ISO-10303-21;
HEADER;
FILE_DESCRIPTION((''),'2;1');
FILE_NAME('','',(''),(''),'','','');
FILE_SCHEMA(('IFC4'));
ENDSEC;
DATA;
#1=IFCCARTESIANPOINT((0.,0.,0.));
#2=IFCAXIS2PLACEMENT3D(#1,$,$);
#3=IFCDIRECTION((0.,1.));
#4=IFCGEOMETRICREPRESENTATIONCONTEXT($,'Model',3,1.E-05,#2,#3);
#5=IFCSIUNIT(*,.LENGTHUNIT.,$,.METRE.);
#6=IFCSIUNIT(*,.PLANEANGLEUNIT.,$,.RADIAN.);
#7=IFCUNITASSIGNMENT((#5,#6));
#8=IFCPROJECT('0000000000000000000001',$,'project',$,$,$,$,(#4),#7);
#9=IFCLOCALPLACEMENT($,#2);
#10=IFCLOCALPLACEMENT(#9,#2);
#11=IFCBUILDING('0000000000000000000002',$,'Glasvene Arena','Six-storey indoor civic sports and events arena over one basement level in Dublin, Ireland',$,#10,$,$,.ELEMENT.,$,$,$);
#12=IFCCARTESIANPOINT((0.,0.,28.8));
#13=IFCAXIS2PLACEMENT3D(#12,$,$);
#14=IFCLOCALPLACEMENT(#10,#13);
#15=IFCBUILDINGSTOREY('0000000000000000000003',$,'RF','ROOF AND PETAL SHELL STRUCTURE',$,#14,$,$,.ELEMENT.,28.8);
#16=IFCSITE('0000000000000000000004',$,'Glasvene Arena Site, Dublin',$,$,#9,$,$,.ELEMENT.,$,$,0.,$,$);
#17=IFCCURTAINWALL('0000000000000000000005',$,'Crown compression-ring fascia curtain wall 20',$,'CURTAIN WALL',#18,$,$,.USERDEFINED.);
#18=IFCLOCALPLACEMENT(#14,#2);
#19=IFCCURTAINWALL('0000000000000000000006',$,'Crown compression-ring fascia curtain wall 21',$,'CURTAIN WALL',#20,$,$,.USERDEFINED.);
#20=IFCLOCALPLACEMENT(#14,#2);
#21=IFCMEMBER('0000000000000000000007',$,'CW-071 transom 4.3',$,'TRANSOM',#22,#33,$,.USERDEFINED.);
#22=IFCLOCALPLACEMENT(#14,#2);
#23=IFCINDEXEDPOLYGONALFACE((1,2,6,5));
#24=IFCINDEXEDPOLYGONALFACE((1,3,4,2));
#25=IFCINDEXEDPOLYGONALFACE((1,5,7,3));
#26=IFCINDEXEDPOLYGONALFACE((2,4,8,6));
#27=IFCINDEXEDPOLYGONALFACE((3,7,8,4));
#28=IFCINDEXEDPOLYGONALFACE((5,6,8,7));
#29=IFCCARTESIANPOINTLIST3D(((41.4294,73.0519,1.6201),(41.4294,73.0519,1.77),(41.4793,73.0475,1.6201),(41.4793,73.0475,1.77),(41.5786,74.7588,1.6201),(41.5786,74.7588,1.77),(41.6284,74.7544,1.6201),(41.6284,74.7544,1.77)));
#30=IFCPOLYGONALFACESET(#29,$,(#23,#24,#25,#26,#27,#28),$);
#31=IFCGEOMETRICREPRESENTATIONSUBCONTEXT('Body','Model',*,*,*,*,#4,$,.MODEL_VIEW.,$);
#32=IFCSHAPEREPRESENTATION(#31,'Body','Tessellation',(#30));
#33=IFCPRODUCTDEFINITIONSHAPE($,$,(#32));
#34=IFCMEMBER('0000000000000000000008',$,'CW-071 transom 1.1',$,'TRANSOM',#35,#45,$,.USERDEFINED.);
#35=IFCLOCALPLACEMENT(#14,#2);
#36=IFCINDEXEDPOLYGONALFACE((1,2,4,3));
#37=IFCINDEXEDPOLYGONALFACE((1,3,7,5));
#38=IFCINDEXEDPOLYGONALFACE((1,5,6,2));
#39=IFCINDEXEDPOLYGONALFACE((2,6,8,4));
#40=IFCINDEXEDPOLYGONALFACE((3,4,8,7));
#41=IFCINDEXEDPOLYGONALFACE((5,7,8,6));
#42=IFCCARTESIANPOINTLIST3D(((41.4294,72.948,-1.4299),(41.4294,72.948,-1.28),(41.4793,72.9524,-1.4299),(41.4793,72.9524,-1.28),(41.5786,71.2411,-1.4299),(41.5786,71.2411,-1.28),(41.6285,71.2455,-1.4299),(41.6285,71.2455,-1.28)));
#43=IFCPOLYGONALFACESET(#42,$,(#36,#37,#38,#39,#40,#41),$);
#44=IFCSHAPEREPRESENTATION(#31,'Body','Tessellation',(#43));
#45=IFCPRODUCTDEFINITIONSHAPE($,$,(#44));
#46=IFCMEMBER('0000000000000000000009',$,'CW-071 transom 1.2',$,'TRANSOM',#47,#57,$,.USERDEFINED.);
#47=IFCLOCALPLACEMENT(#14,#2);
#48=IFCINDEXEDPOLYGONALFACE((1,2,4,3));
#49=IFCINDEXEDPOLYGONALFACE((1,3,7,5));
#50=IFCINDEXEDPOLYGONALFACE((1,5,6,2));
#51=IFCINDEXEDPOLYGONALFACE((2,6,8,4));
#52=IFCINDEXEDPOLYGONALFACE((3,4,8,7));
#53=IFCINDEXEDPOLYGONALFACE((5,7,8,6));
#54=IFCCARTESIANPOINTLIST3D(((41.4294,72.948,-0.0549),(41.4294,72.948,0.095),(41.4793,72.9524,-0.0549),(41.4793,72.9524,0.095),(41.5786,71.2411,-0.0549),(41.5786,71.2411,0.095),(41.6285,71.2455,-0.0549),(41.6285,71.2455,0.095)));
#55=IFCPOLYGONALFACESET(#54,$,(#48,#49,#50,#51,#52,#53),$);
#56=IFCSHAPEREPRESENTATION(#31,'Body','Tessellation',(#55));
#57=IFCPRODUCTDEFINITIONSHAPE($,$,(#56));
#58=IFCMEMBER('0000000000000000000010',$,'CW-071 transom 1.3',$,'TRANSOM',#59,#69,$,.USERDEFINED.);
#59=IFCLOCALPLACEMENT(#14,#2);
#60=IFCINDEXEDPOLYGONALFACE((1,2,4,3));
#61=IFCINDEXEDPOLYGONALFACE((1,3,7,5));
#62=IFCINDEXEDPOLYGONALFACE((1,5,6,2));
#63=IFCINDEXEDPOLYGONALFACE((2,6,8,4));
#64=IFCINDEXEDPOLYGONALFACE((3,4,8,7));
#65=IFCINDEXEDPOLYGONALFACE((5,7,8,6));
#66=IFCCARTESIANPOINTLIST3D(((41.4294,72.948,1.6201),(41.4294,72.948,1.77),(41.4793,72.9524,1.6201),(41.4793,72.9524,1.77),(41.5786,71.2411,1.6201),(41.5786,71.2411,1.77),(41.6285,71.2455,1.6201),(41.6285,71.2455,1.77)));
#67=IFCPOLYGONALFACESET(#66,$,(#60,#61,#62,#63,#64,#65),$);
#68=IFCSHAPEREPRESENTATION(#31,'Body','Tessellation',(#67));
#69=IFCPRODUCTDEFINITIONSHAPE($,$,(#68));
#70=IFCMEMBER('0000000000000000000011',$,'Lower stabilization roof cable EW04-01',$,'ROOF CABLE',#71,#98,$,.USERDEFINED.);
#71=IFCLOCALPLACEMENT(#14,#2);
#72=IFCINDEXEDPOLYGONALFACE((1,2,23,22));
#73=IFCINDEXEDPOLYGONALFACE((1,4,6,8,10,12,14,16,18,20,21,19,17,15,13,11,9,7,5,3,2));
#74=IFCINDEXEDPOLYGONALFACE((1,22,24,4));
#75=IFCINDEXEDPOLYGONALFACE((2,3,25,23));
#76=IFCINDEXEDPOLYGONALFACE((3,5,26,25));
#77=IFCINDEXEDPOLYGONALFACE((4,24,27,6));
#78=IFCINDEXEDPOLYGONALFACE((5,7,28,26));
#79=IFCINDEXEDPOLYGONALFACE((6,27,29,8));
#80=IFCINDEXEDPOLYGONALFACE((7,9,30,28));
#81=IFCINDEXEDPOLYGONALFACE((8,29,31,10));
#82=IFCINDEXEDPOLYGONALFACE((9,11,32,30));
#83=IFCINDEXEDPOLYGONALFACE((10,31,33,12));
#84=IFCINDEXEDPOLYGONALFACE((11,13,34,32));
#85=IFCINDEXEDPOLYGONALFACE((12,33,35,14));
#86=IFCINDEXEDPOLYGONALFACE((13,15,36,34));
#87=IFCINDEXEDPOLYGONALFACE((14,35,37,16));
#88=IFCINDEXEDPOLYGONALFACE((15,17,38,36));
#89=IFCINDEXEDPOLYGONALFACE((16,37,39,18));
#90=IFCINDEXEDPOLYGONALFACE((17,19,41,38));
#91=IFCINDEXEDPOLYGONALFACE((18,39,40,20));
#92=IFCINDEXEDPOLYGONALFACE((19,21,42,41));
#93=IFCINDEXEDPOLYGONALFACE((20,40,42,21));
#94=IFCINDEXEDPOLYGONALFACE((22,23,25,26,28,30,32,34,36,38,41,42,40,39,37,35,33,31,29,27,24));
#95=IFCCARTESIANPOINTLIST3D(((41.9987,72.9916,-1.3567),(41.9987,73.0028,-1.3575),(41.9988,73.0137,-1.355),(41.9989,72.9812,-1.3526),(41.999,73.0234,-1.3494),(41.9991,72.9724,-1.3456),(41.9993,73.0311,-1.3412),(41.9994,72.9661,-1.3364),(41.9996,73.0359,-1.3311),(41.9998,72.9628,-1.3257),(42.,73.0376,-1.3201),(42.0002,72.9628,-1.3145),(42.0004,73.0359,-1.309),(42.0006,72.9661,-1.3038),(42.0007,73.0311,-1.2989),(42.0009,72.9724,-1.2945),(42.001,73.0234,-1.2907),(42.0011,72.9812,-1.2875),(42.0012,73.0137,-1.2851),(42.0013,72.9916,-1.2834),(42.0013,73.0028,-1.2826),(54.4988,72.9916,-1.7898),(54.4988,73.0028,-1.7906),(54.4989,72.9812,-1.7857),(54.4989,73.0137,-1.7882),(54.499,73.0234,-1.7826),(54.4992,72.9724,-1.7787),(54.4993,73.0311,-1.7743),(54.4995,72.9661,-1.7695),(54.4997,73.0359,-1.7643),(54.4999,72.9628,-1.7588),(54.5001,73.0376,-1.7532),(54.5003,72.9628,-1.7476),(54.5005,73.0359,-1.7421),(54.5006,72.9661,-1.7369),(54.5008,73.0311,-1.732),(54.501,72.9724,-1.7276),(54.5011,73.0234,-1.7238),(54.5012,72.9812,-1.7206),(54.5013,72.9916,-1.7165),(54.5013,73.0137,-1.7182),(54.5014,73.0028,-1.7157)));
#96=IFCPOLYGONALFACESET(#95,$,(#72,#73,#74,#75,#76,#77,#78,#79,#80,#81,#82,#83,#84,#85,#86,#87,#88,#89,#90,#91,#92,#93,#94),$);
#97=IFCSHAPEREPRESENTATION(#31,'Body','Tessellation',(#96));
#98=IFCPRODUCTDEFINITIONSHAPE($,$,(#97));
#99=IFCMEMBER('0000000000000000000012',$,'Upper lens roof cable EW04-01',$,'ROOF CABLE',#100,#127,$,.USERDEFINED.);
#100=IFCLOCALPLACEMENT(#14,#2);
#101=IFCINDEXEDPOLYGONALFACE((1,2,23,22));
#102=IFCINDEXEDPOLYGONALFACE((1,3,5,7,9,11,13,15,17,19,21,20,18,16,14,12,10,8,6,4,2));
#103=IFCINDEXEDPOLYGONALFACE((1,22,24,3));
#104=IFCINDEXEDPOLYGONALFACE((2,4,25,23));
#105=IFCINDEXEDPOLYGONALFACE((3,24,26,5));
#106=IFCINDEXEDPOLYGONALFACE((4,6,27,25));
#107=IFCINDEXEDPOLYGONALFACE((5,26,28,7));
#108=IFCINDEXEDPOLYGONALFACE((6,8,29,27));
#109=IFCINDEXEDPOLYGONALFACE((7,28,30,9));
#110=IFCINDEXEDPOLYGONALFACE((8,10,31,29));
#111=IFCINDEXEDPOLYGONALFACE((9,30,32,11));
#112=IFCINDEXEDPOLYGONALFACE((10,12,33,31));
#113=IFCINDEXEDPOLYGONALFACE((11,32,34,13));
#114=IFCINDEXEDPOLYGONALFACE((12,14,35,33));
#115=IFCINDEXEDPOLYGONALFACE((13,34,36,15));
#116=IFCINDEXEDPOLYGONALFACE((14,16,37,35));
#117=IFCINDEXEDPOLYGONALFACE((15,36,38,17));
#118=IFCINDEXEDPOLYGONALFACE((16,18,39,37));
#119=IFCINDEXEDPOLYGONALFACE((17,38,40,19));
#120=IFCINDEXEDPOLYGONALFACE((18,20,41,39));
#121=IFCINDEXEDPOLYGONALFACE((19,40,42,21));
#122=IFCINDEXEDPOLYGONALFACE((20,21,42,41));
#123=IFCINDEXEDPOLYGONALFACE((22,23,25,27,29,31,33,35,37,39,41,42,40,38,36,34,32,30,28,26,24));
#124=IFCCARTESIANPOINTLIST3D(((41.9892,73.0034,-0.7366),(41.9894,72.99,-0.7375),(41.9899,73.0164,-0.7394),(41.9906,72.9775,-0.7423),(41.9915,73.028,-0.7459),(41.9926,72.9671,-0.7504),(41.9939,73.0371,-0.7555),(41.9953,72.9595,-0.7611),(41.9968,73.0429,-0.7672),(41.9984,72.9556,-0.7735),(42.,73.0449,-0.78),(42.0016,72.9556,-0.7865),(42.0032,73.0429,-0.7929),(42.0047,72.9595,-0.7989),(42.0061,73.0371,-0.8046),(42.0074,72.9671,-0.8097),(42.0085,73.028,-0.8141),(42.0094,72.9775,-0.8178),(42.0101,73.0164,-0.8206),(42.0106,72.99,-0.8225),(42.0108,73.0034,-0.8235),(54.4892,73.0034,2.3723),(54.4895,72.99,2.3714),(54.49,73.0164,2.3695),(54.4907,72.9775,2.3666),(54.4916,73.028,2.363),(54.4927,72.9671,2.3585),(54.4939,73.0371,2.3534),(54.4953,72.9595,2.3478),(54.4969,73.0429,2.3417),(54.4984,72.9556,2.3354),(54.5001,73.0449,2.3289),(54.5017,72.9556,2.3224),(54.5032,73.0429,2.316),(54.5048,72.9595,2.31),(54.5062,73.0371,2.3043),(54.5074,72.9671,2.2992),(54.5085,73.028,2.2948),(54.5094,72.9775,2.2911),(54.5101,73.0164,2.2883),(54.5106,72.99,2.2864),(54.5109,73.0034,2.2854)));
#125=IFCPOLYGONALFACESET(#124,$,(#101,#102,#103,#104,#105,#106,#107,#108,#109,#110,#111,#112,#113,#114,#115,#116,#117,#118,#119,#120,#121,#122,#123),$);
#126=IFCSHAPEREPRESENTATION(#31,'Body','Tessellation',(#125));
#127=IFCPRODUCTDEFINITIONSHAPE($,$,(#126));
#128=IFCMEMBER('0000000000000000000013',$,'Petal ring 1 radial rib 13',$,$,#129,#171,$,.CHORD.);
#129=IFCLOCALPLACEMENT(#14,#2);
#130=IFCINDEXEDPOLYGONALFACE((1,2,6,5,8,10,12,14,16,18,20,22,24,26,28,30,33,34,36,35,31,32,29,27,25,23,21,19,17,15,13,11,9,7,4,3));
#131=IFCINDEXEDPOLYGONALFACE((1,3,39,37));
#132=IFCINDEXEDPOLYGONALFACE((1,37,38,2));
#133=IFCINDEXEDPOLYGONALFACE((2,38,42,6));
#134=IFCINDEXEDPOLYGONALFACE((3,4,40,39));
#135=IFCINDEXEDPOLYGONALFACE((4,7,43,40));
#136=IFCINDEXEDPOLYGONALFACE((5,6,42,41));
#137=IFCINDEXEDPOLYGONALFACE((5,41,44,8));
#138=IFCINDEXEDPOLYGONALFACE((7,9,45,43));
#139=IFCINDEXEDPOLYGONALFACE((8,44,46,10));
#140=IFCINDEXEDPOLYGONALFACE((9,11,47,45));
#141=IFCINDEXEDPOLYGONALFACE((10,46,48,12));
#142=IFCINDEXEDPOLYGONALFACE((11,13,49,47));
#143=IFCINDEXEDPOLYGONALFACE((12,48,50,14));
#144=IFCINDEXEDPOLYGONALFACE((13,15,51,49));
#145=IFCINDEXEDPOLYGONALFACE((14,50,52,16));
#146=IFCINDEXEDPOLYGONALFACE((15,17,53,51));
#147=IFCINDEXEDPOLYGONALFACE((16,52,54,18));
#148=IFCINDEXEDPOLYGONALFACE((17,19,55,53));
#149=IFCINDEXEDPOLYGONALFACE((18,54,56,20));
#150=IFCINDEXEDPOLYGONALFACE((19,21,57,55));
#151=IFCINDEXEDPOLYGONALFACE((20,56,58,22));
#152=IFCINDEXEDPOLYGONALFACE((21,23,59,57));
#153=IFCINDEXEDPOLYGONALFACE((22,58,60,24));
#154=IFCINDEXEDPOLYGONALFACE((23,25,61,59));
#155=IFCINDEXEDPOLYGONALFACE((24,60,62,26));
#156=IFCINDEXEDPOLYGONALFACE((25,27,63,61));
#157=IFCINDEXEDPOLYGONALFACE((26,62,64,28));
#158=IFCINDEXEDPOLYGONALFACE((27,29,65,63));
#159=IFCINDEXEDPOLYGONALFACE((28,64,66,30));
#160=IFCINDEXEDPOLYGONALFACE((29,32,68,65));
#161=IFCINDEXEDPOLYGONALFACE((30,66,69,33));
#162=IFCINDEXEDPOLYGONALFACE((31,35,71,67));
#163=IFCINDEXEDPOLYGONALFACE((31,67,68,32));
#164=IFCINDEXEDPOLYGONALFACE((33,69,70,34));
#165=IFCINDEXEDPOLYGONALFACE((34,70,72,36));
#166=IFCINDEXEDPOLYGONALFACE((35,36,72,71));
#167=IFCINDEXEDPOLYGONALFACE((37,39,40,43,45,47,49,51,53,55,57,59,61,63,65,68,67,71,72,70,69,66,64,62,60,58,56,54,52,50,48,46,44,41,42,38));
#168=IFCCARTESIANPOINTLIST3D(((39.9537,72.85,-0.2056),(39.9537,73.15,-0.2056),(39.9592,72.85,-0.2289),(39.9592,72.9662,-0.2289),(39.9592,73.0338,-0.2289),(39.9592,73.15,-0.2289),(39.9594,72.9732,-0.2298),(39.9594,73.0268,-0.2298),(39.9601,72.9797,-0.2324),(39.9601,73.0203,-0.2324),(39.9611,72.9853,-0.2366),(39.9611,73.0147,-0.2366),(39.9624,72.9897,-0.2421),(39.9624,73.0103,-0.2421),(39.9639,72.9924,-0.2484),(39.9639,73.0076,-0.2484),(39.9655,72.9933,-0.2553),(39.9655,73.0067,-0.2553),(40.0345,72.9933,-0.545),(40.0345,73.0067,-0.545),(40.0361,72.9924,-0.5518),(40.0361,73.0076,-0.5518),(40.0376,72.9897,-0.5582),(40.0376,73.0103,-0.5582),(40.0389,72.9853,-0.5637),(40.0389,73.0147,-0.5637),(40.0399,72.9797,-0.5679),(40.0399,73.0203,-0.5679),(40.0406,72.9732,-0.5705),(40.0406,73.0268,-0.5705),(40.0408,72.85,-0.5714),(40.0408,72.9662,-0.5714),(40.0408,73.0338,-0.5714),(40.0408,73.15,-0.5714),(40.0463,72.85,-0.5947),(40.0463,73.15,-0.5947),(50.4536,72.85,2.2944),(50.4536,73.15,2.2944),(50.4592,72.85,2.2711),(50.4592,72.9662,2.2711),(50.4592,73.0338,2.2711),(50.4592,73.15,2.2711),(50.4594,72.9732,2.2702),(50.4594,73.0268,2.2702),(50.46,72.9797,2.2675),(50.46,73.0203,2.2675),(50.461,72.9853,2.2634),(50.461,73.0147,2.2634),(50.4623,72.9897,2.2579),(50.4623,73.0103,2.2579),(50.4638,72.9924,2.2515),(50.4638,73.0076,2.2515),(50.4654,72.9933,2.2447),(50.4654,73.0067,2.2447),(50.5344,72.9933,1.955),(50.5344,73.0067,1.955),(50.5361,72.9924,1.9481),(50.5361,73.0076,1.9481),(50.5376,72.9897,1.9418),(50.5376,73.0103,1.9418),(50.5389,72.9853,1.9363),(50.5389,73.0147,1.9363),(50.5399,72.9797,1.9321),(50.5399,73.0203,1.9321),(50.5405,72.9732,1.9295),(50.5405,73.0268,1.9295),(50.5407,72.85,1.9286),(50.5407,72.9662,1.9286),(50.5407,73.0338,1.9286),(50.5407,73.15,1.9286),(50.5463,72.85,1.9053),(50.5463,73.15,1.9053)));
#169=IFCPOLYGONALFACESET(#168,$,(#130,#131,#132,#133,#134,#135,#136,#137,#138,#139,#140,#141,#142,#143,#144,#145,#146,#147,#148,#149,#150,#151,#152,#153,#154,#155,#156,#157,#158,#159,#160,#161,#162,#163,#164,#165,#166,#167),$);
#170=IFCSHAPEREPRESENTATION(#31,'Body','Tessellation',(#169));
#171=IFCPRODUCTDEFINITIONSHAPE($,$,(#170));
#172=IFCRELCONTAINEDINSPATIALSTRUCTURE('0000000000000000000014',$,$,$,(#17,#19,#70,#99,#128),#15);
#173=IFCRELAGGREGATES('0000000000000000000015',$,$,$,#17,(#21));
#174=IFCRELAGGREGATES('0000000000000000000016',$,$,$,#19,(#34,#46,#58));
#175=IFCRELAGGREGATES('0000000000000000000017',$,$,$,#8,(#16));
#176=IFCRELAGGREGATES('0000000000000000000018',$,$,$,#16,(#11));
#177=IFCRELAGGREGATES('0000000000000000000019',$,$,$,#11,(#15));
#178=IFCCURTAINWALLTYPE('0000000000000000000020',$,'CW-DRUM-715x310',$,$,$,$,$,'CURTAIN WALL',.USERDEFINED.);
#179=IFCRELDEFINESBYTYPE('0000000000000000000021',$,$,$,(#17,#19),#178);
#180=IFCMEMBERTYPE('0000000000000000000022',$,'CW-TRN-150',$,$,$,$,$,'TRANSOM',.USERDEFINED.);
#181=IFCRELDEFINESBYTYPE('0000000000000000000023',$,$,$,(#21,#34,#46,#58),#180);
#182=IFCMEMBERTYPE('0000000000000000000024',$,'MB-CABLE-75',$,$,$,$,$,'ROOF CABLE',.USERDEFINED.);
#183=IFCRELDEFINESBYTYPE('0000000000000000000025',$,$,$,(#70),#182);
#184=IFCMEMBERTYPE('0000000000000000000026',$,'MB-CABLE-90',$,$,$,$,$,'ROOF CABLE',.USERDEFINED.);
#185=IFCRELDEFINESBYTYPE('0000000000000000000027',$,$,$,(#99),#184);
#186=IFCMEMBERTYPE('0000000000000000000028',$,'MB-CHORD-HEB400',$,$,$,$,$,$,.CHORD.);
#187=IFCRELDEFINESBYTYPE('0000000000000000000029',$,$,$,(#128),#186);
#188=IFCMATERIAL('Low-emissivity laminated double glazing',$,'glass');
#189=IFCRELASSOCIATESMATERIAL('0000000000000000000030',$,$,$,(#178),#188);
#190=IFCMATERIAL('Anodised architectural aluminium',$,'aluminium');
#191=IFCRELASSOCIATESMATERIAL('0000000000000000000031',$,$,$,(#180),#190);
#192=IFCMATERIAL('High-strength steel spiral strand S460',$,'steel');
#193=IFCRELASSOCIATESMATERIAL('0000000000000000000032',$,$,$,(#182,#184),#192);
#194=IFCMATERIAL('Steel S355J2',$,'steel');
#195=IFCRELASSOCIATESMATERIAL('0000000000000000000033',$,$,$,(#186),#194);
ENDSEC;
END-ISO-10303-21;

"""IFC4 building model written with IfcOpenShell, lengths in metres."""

from ifc_helpers import new_model, si_unit, direction, frame, origin, origin_2d, place, context, subcontext, project, spatial, rectangle, circle, i_section, extrude, material, material_profile, profile_set, type_object, element, aggregate, save


model = new_model("IFC4")

# Units and contexts
model_context = context("Model", 3, precision=1e-05, world=origin(), true_north=direction((0.0, 1.0)))
body_context = subcontext(model_context, "Body", "Model", "MODEL_VIEW")
ifc_project = project(units=[si_unit("LENGTHUNIT", "METRE"), si_unit("PLANEANGLEUNIT", "RADIAN")], contexts=[model_context])

# Site, building, storey
site_placement = place(None, origin())
site = spatial("IfcSite", under=ifc_project, at=site_placement, Name="Glasvene Arena Site, Dublin", CompositionType="ELEMENT", RefElevation=0.0)
building_placement = place(site_placement, origin())
building = spatial("IfcBuilding", under=site, at=building_placement, Name="Glasvene Arena", Description="Six-storey indoor civic sports and events arena over one basement level in Dublin, Ireland", CompositionType="ELEMENT")
storey_placement = place(building_placement, frame((0.0, 0.0, 28.8)))
storey = spatial("IfcBuildingStorey", under=building, at=storey_placement, Name="RF", Description="ROOF AND PETAL SHELL STRUCTURE", CompositionType="ELEMENT", Elevation=28.8)

# Shared definitions
ifc_material_1 = material(Name="Steel S355J2", Category="steel")

# Curtain wall
ifc_material_2 = material(Name="Low-emissivity laminated double glazing", Category="glass")
curtain_wall_type = type_object("IfcCurtainWallType", Name="CW-DRUM-715x310", ElementType="CURTAIN WALL", PredefinedType="USERDEFINED", material=ifc_material_2)
curtain_wall_1_placement = place(storey_placement, frame((42.0725, 80.1255, 0.0)))
curtain_wall_1 = element("IfcCurtainWall", 1, at=curtain_wall_1_placement, inside=storey, type_object=curtain_wall_type, Name="Crown compression-ring fascia curtain wall 20", ObjectType="CURTAIN WALL", PredefinedType="USERDEFINED")
ifc_material_3 = material(Name="Anodised architectural aluminium", Category="aluminium")

# Curtain wall
curtain_wall_2_placement = place(storey_placement, frame((41.45, 73.0, 0.0)))
curtain_wall_2 = element("IfcCurtainWall", 2, at=curtain_wall_2_placement, inside=storey, type_object=curtain_wall_type, Name="Crown compression-ring fascia curtain wall 21", ObjectType="CURTAIN WALL", PredefinedType="USERDEFINED")

# Members
ifc_material_profile_1 = material_profile(ifc_material_3, rectangle(XDim=0.05, YDim=0.1499, at=origin_2d()), Name="ALU TRANSOM 50x150")
ifc_profile_set_1 = profile_set([ifc_material_profile_1], Name="Anodised architectural aluminium")
member_type_1 = type_object("IfcMemberType", Name="CW-TRN-150", ElementType="TRANSOM", PredefinedType="USERDEFINED", material=ifc_profile_set_1)
member_1_placement = place(storey_placement, frame((41.6035, 74.7566, 1.6951), z_axis=(-0.087066, -0.996203, 0.0), x_axis=(0.996203, -0.087066, 0.0)))
member_1 = element("IfcMember", 3, at=member_1_placement, type_object=member_type_1, Name="CW-071 transom 4.3", ObjectType="TRANSOM", PredefinedType="USERDEFINED", context=body_context, shape_type="SweptSolid", body=[
    extrude(rectangle(XDim=0.05, YDim=0.1499, at=origin_2d()), origin(), (0.0, 0.0, 1.0), 1.7134),
])
member_2_placement = place(storey_placement, frame((41.4543, 72.9502, -1.355), z_axis=(0.087066, -0.996203, 0.0), x_axis=(0.996203, 0.087066, 0.0)))
member_2 = element("IfcMember", 4, at=member_2_placement, type_object=member_type_1, Name="CW-071 transom 1.1", ObjectType="TRANSOM", PredefinedType="USERDEFINED", context=body_context, shape_type="SweptSolid", body=[
    extrude(rectangle(XDim=0.05, YDim=0.1499, at=origin_2d()), origin(), (0.0, 0.0, 1.0), 1.7134),
])
member_3_placement = place(storey_placement, frame((41.4543, 72.9502, 0.02), z_axis=(0.087066, -0.996203, 0.0), x_axis=(0.996203, 0.087066, 0.0)))
member_3 = element("IfcMember", 5, at=member_3_placement, type_object=member_type_1, Name="CW-071 transom 1.2", ObjectType="TRANSOM", PredefinedType="USERDEFINED", context=body_context, shape_type="SweptSolid", body=[
    extrude(rectangle(XDim=0.05, YDim=0.1499, at=origin_2d()), origin(), (0.0, 0.0, 1.0), 1.7134),
])
member_4_placement = place(storey_placement, frame((41.4543, 72.9502, 1.6951), z_axis=(0.087066, -0.996203, 0.0), x_axis=(0.996203, 0.087066, 0.0)))
member_4 = element("IfcMember", 6, at=member_4_placement, type_object=member_type_1, Name="CW-071 transom 1.3", ObjectType="TRANSOM", PredefinedType="USERDEFINED", context=body_context, shape_type="SweptSolid", body=[
    extrude(rectangle(XDim=0.05, YDim=0.1499, at=origin_2d()), origin(), (0.0, 0.0, 1.0), 1.7134),
])

# Members
ifc_material_4 = material(Name="High-strength steel spiral strand S460", Category="steel")
ifc_material_profile_2 = material_profile(ifc_material_4, circle(Radius=0.0376, at=origin_2d()), Name="LCSS D75")
ifc_profile_set_2 = profile_set([ifc_material_profile_2], Name="High-strength steel spiral strand S460")
member_type_2 = type_object("IfcMemberType", Name="MB-CABLE-75", ElementType="ROOF CABLE", PredefinedType="USERDEFINED", material=ifc_profile_set_2)
member_5_placement = place(storey_placement, frame((42.0, 73.0, -1.3201), z_axis=(0.9994, 0.0, -0.034628), x_axis=(0.0, 1.0, 0.0)))
element("IfcMember", 7, at=member_5_placement, inside=storey, type_object=member_type_2, Name="Lower stabilization roof cable EW04-01", ObjectType="ROOF CABLE", PredefinedType="USERDEFINED", context=body_context, shape_type="SweptSolid", body=[
    extrude(circle(Radius=0.0376, at=origin_2d()), origin(), (0.0, 0.0, 1.0), 12.5076),
])
ifc_material_profile_3 = material_profile(ifc_material_4, circle(Radius=0.0449, at=origin_2d()), Name="LCSS D90")
ifc_profile_set_3 = profile_set([ifc_material_profile_3], Name="High-strength steel spiral strand S460")
member_type_3 = type_object("IfcMemberType", Name="MB-CABLE-90", ElementType="ROOF CABLE", PredefinedType="USERDEFINED", material=ifc_profile_set_3)
member_6_placement = place(storey_placement, frame((42.0, 73.0, -0.78), z_axis=(0.970436, 0.0, 0.241358), x_axis=(0.0, 1.0, 0.0)))
element("IfcMember", 8, at=member_6_placement, inside=storey, type_object=member_type_3, Name="Upper lens roof cable EW04-01", ObjectType="ROOF CABLE", PredefinedType="USERDEFINED", context=body_context, shape_type="SweptSolid", body=[
    extrude(circle(Radius=0.0449, at=origin_2d()), origin(), (0.0, 0.0, 1.0), 12.8809),
])
ifc_material_profile_4 = material_profile(ifc_material_1, i_section(OverallWidth=0.3, OverallDepth=0.3999, WebThickness=0.0134, FlangeThickness=0.0239, FilletRadius=0.0271, at=origin_2d()), Name="HEB 400")
ifc_profile_set_4 = profile_set([ifc_material_profile_4], Name="Steel S355J2")
member_type_4 = type_object("IfcMemberType", Name="MB-CHORD-HEB400", PredefinedType="CHORD", material=ifc_profile_set_4)
member_7_placement = place(storey_placement, frame((40.0, 73.0, -0.4001), z_axis=(0.972806, 0.0, 0.231621), x_axis=(0.0, 1.0, 0.0)))
element("IfcMember", 9, at=member_7_placement, inside=storey, type_object=member_type_4, Name="Petal ring 1 radial rib 13", PredefinedType="CHORD", context=body_context, shape_type="SweptSolid", body=[
    extrude(i_section(OverallWidth=0.3, OverallDepth=0.3999, WebThickness=0.0134, FlangeThickness=0.0239, FilletRadius=0.0271, at=origin_2d()), origin(), (0.0, 0.0, 1.0), 10.7935),
])

aggregate(curtain_wall_1, [member_1])
aggregate(curtain_wall_2, [member_2, member_3, member_4])

save(model, "model.ifc")
